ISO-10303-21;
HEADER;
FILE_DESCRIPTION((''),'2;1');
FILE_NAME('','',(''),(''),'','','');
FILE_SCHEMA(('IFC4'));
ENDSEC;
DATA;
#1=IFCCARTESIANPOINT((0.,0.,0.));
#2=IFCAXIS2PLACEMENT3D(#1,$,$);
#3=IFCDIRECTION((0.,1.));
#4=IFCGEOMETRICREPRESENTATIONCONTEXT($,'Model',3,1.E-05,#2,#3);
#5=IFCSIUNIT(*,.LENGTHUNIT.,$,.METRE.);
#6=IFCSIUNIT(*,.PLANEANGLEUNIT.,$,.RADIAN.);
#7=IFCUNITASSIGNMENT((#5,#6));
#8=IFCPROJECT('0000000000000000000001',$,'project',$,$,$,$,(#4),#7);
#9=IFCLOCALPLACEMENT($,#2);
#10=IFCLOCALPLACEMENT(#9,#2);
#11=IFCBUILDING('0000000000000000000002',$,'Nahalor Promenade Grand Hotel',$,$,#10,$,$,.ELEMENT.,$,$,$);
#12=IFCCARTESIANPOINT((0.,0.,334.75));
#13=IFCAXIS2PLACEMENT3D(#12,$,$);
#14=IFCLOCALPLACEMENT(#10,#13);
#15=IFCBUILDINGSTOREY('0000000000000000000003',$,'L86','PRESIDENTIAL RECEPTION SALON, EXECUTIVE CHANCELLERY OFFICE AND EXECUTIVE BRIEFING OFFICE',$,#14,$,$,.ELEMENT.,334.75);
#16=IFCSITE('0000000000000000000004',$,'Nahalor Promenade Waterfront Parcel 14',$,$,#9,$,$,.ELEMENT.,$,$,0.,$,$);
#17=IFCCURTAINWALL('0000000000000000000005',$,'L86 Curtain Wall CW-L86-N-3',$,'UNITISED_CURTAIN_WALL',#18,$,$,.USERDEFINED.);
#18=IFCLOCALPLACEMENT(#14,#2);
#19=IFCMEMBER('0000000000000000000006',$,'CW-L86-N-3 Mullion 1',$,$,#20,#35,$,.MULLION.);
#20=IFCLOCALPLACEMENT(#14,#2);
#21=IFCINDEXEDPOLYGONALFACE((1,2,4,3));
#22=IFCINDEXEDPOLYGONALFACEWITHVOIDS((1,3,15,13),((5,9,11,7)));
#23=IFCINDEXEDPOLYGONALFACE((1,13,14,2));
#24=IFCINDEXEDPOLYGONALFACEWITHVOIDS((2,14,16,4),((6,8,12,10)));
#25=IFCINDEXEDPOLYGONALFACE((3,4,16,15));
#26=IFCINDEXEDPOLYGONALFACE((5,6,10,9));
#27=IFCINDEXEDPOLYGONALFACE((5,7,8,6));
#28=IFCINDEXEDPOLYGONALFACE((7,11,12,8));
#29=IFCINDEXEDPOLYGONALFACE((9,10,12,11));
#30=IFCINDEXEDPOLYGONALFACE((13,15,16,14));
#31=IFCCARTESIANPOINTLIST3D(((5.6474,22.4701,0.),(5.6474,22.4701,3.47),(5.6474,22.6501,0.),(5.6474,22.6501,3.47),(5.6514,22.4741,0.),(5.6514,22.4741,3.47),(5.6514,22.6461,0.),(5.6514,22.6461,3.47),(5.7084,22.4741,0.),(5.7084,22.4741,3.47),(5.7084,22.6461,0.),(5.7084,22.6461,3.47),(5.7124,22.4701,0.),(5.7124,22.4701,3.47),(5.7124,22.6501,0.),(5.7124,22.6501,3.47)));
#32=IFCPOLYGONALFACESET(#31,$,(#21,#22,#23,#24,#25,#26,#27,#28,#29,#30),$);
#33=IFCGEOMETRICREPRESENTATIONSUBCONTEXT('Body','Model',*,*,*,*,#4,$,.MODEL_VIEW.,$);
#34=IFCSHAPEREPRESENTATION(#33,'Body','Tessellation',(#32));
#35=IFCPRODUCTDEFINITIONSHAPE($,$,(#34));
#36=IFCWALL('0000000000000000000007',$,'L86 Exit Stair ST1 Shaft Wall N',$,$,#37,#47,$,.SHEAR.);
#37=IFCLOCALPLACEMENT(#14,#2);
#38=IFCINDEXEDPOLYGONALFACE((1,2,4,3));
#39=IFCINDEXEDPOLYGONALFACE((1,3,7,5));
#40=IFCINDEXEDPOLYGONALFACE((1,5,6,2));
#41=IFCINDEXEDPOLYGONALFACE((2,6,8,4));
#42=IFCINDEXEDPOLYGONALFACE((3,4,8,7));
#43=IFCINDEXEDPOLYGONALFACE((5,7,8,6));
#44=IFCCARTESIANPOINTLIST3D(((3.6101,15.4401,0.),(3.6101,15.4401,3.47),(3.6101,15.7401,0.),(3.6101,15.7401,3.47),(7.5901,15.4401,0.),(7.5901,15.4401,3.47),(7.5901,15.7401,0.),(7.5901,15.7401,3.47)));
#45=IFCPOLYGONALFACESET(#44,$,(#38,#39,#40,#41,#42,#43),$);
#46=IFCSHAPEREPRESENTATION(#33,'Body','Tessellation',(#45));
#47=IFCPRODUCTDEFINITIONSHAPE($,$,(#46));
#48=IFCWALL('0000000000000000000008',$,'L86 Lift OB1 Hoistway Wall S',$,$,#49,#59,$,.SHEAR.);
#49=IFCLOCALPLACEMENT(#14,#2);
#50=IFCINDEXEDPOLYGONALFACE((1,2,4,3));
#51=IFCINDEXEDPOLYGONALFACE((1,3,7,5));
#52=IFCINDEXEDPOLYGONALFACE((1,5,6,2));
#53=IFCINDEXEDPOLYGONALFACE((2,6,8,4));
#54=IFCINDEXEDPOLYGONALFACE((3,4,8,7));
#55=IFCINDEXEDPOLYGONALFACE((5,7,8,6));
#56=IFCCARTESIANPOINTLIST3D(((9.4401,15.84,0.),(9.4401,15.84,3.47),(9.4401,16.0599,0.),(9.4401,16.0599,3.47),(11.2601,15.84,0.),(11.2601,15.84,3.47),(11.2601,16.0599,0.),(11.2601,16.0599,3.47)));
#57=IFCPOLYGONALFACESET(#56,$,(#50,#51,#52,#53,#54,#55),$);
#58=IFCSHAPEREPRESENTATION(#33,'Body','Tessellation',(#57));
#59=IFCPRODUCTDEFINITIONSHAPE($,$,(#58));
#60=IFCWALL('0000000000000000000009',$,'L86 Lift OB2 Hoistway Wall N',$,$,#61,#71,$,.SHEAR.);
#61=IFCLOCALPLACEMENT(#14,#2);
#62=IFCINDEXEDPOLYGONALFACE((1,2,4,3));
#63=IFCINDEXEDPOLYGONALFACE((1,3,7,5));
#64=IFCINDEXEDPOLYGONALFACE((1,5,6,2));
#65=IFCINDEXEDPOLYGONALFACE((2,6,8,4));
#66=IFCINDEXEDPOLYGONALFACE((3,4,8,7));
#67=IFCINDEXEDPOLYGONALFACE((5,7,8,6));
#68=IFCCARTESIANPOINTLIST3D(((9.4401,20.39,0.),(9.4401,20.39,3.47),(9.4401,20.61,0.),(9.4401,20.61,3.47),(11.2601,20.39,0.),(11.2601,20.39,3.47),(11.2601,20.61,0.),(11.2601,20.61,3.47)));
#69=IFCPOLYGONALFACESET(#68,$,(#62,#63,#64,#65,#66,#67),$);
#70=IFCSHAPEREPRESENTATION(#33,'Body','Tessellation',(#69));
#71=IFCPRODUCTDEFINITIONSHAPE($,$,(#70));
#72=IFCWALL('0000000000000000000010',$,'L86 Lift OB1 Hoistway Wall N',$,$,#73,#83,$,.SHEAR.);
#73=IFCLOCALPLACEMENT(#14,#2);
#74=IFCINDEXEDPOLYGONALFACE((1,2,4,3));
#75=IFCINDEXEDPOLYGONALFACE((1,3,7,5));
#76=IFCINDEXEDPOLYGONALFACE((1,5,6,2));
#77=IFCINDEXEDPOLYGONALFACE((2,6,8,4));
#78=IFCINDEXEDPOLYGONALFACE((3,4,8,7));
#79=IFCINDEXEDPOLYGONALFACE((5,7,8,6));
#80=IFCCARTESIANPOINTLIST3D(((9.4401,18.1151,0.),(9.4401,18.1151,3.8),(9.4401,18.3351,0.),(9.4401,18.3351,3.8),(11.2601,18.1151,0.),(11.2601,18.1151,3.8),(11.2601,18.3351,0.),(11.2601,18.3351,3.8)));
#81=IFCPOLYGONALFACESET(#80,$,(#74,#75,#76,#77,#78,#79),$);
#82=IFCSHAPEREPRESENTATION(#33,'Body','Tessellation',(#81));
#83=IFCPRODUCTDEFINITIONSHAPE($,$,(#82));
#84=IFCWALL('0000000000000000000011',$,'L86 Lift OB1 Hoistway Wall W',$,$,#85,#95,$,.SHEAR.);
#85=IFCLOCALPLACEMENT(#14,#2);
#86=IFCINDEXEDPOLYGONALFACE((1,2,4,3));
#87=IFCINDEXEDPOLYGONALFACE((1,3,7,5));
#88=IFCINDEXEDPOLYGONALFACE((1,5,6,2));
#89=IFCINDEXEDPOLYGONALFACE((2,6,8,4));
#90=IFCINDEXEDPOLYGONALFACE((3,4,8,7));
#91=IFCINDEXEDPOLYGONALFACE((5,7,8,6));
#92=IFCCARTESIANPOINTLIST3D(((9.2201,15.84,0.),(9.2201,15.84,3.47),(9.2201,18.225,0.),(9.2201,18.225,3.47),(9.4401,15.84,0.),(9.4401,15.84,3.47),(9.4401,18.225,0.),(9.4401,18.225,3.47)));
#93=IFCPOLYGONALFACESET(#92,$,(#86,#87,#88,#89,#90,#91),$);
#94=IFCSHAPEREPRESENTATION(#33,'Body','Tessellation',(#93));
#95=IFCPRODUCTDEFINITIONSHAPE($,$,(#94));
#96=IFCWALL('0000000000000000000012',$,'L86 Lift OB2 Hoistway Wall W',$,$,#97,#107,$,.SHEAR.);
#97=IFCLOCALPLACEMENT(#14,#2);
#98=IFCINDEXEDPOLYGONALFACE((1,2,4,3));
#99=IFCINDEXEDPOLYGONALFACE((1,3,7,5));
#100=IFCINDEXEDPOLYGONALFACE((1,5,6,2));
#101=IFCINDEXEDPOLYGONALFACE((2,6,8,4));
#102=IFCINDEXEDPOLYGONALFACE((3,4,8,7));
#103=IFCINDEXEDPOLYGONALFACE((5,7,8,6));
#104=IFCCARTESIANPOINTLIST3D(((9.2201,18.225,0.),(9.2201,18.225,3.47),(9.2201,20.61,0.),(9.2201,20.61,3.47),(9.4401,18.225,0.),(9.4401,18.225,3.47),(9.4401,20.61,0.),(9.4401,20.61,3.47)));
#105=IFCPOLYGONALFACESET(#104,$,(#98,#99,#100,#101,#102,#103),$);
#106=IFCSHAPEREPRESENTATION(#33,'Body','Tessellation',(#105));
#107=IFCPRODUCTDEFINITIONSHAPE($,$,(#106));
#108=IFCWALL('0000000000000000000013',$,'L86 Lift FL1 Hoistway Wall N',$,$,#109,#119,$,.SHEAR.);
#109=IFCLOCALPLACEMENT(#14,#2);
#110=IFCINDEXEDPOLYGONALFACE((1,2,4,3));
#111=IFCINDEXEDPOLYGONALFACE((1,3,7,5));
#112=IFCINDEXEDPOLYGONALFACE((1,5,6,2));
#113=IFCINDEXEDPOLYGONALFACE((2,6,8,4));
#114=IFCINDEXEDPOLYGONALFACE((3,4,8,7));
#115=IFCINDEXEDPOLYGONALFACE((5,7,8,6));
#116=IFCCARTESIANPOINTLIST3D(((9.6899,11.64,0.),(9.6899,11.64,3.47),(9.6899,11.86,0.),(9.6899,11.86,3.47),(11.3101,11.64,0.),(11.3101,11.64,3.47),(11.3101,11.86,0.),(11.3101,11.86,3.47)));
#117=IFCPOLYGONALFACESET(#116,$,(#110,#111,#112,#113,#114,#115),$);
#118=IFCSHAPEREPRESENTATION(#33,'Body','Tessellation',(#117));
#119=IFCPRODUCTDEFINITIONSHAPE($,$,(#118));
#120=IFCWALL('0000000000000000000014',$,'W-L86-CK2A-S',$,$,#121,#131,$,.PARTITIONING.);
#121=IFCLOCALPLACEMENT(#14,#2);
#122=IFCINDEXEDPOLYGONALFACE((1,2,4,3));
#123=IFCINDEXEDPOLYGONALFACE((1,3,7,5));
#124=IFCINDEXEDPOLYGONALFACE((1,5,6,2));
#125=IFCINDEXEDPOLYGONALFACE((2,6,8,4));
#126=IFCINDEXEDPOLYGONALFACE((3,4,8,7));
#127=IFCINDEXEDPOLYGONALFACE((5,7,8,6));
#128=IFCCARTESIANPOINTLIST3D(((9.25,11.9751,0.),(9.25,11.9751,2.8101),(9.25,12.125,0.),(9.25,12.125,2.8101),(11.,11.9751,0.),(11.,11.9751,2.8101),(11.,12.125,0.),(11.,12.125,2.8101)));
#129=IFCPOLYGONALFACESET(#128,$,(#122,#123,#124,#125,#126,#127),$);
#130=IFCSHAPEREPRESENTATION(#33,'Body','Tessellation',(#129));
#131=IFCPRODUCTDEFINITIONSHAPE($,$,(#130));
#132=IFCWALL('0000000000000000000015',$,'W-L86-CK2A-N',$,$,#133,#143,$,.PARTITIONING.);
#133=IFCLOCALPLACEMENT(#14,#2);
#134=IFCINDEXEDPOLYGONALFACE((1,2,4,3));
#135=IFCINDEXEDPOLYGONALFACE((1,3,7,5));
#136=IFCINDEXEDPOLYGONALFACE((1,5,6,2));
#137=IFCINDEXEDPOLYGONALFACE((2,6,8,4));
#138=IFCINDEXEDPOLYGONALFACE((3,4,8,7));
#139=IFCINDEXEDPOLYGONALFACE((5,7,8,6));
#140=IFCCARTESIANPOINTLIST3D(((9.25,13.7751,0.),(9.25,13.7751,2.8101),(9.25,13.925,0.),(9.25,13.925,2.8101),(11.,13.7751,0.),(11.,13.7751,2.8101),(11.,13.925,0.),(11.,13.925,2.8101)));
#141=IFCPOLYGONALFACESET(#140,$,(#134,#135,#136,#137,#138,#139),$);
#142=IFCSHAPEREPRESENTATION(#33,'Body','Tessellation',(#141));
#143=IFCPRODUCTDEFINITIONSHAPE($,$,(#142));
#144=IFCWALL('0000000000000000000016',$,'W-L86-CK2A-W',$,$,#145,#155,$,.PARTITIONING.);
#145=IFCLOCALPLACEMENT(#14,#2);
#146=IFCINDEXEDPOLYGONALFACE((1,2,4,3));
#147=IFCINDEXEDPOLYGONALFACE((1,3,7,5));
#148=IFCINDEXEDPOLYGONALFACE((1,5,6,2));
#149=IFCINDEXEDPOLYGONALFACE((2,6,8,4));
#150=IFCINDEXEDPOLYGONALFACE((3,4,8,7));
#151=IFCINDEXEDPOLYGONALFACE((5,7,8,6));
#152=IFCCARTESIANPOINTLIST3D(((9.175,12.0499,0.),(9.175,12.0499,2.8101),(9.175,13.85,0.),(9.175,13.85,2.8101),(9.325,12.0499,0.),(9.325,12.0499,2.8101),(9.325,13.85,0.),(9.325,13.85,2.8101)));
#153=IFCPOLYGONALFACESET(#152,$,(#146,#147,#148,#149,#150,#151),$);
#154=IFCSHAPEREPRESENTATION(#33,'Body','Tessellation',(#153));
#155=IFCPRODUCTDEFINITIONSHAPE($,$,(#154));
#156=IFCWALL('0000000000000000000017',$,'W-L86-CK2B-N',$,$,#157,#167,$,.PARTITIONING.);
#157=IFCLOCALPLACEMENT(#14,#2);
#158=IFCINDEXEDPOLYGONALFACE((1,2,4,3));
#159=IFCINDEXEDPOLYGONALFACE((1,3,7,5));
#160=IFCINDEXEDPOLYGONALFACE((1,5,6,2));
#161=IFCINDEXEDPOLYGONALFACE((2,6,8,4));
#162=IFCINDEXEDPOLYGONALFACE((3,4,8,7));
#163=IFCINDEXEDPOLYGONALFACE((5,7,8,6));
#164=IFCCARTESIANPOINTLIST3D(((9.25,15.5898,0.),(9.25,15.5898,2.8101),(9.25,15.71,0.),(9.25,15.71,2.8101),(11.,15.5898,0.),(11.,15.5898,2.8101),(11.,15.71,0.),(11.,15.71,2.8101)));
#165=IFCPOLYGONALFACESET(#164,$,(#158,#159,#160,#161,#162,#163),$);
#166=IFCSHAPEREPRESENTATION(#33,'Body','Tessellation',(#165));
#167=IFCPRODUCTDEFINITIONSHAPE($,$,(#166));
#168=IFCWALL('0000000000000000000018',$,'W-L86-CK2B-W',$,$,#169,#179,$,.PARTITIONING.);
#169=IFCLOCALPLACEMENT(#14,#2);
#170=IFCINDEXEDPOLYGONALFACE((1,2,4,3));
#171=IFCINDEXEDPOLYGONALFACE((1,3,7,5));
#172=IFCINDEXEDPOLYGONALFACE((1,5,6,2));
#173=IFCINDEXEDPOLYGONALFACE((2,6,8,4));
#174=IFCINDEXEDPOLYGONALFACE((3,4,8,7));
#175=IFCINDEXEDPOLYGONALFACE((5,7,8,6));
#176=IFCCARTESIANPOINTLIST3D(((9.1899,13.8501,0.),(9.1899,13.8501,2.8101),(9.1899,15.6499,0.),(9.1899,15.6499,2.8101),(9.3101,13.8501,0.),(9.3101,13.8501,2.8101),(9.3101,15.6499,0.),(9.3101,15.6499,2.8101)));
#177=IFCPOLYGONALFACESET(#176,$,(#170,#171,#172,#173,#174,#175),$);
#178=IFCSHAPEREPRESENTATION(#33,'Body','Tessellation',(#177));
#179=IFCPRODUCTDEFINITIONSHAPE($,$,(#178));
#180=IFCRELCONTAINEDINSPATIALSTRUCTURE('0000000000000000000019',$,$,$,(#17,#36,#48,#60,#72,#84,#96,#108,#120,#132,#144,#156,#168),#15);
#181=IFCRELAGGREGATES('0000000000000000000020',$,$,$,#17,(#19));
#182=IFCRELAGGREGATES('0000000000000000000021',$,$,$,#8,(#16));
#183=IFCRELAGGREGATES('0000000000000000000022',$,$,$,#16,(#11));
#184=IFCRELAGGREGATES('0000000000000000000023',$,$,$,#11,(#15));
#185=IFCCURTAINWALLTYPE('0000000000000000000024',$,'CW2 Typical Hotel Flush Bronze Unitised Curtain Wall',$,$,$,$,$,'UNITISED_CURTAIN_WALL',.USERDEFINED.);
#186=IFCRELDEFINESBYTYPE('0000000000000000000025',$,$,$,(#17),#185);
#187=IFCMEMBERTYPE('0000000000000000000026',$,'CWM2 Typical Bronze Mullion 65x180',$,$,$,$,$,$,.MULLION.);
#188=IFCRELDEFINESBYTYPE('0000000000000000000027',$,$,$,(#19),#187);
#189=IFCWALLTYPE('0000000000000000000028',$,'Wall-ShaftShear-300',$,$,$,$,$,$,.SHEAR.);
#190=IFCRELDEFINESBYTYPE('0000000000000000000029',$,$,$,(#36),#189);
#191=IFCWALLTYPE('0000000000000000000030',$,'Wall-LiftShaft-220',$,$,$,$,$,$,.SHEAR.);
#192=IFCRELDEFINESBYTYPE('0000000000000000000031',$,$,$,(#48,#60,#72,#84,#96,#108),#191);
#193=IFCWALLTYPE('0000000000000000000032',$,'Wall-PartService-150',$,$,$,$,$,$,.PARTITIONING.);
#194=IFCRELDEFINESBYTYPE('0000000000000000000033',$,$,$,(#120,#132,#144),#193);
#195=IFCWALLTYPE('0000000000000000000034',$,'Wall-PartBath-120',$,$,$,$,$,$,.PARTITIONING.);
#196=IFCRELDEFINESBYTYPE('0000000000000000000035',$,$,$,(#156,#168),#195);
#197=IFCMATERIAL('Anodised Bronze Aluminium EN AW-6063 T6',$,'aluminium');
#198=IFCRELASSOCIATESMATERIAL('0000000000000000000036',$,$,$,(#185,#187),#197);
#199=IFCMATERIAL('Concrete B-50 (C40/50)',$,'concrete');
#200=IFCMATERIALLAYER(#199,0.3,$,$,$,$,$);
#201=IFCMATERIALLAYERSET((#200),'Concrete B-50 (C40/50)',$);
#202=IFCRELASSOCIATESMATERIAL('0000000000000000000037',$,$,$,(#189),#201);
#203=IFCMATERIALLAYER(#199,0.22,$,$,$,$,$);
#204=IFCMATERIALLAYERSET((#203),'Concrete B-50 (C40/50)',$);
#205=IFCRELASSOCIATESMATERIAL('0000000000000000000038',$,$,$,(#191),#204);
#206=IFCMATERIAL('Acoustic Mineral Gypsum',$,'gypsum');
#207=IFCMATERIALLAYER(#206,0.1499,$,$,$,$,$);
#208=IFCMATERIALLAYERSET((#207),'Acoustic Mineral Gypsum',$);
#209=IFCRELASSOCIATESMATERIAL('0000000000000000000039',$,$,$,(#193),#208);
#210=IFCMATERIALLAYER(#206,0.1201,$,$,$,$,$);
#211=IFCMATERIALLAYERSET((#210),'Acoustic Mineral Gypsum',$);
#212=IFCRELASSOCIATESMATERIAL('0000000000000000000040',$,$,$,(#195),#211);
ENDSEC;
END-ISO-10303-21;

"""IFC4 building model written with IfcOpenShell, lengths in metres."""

from ifc_helpers import new_model, si_unit, direction, frame, frame_2d, origin, origin_2d, place, context, subcontext, project, spatial, rectangle, hollow_rectangle, extrude, source, transform, mapped, material, layer, layer_set, material_profile, profile_set, type_object, element, aggregate, save


model = new_model("IFC4")

# Units and contexts
model_context = context("Model", 3, precision=1e-05, world=origin(), true_north=direction((0.0, 1.0)))
body_context = subcontext(model_context, "Body", "Model", "MODEL_VIEW")
ifc_project = project(units=[si_unit("LENGTHUNIT", "METRE"), si_unit("PLANEANGLEUNIT", "RADIAN")], contexts=[model_context])

# Site, building, storey
site_placement = place(None, origin())
site = spatial("IfcSite", under=ifc_project, at=site_placement, Name="Nahalor Promenade Waterfront Parcel 14", CompositionType="ELEMENT", RefElevation=0.0)
building_placement = place(site_placement, origin())
building = spatial("IfcBuilding", under=site, at=building_placement, Name="Nahalor Promenade Grand Hotel", CompositionType="ELEMENT")
storey_placement = place(building_placement, frame((0.0, 0.0, 334.75)))
storey = spatial("IfcBuildingStorey", under=building, at=storey_placement, Name="L86", Description="PRESIDENTIAL RECEPTION SALON, EXECUTIVE CHANCELLERY OFFICE AND EXECUTIVE BRIEFING OFFICE", CompositionType="ELEMENT", Elevation=334.75)

# Shared definitions
ifc_material_1 = material(Name="Concrete B-50 (C40/50)", Category="concrete")

# Curtain wall, member
ifc_material_2 = material(Name="Anodised Bronze Aluminium EN AW-6063 T6", Category="aluminium")
curtain_wall_type = type_object("IfcCurtainWallType", Name="CW2 Typical Hotel Flush Bronze Unitised Curtain Wall", ElementType="UNITISED_CURTAIN_WALL", PredefinedType="USERDEFINED", material=ifc_material_2)
curtain_wall_placement = place(storey_placement, origin())
curtain_wall = element("IfcCurtainWall", 1, at=curtain_wall_placement, inside=storey, type_object=curtain_wall_type, Name="L86 Curtain Wall CW-L86-N-3", ObjectType="UNITISED_CURTAIN_WALL", PredefinedType="USERDEFINED")
ifc_material_profile_1 = material_profile(ifc_material_2, hollow_rectangle(XDim=0.065, YDim=0.18, WallThickness=0.004, at=origin_2d()), Name="CWM 65x180x4")
ifc_profile_set_1 = profile_set([ifc_material_profile_1], Name="Anodised Bronze Aluminium EN AW-6063 T6")
member_type_1 = type_object("IfcMemberType", Name="CWM2 Typical Bronze Mullion 65x180", PredefinedType="MULLION", material=ifc_profile_set_1)
shared_shape_1 = source(origin(), body_context, "Body", "SweptSolid", [
    extrude(hollow_rectangle(XDim=0.065, YDim=0.18, WallThickness=0.004, at=origin_2d()), origin(), (0.0, 0.0, 1.0), 3.47),
])
member_1_placement = place(storey_placement, frame((5.6799, 22.5601, 0.0), z_axis=(0.0, 0.0, 1.0), x_axis=(1.0, 0.0, 0.0)))
member_1 = element("IfcMember", 2, at=member_1_placement, type_object=member_type_1, Name="CW-L86-N-3 Mullion 1", PredefinedType="MULLION", context=body_context, shape_type="MappedRepresentation", body=[
    mapped(shared_shape_1, transform((0.0, 0.0, 0.0), scale=1.0)),
])
aggregate(curtain_wall, [member_1])

# Walls
ifc_layer_1 = layer(ifc_material_1, 0.3)
ifc_layer_set_1 = layer_set([ifc_layer_1], Name="Concrete B-50 (C40/50)")
wall_type_1 = type_object("IfcWallType", Name="Wall-ShaftShear-300", PredefinedType="SHEAR", material=ifc_layer_set_1)
shared_shape_2 = source(origin(), body_context, "Body", "SweptSolid", [
    extrude(rectangle(XDim=3.98, YDim=0.3, at=frame_2d((1.99, 0.0))), origin(), (0.0, 0.0, 1.0), 3.47),
])
wall_1_placement = place(storey_placement, frame((3.6101, 15.5901, 0.0), z_axis=(0.0, 0.0, 1.0), x_axis=(1.0, 0.0, 0.0)))
element("IfcWall", 3, at=wall_1_placement, inside=storey, type_object=wall_type_1, Name="L86 Exit Stair ST1 Shaft Wall N", PredefinedType="SHEAR", context=body_context, shape_type="MappedRepresentation", body=[
    mapped(shared_shape_2, transform((0.0, 0.0, 0.0), scale=1.0)),
])
ifc_layer_2 = layer(ifc_material_1, 0.22)
ifc_layer_set_2 = layer_set([ifc_layer_2], Name="Concrete B-50 (C40/50)")
wall_type_2 = type_object("IfcWallType", Name="Wall-LiftShaft-220", PredefinedType="SHEAR", material=ifc_layer_set_2)
shared_shape_3 = source(origin(), body_context, "Body", "SweptSolid", [
    extrude(rectangle(XDim=1.8201, YDim=0.22, at=frame_2d((0.9102, 0.0))), origin(), (0.0, 0.0, 1.0), 3.47),
])
for number, where, z_axis, x_axis, name in (
    (4, (9.4399, 15.95, 0.0), (0.0, 0.0, 1.0), (1.0, 0.0, 0.0), "L86 Lift OB1 Hoistway Wall S"),
    (5, (9.4399, 20.5, 0.0), (0.0, 0.0, 1.0), (1.0, 0.0, 0.0), "L86 Lift OB2 Hoistway Wall N"),
):
    element("IfcWall", number, at=place(storey_placement, frame(where, z_axis=z_axis, x_axis=x_axis)), inside=storey, type_object=wall_type_2, Name=name, PredefinedType="SHEAR", context=body_context, shape_type="MappedRepresentation", body=[
        mapped(shared_shape_3, transform((0.0, 0.0, 0.0), scale=1.0)),
    ])
shared_shape_4 = source(origin(), body_context, "Body", "SweptSolid", [
    extrude(rectangle(XDim=1.8201, YDim=0.22, at=frame_2d((0.9102, 0.0))), origin(), (0.0, 0.0, 1.0), 3.8),
])
wall_2_placement = place(storey_placement, frame((9.4399, 18.2251, 0.0), z_axis=(0.0, 0.0, 1.0), x_axis=(1.0, 0.0, 0.0)))
element("IfcWall", 6, at=wall_2_placement, inside=storey, type_object=wall_type_2, Name="L86 Lift OB1 Hoistway Wall N", PredefinedType="SHEAR", context=body_context, shape_type="MappedRepresentation", body=[
    mapped(shared_shape_4, transform((0.0, 0.0, 0.0), scale=1.0)),
])
shared_shape_5 = source(origin(), body_context, "Body", "SweptSolid", [
    extrude(rectangle(XDim=2.385, YDim=0.22, at=frame_2d((1.1924, 0.0))), origin(), (0.0, 0.0, 1.0), 3.47),
])
for number, where, z_axis, x_axis, name in (
    (7, (9.3301, 15.8401, 0.0), (0.0, 0.0, 1.0), (0.0, 1.0, 0.0), "L86 Lift OB1 Hoistway Wall W"),
    (8, (9.3301, 18.2251, 0.0), (0.0, 0.0, 1.0), (0.0, 1.0, 0.0), "L86 Lift OB2 Hoistway Wall W"),
):
    element("IfcWall", number, at=place(storey_placement, frame(where, z_axis=z_axis, x_axis=x_axis)), inside=storey, type_object=wall_type_2, Name=name, PredefinedType="SHEAR", context=body_context, shape_type="MappedRepresentation", body=[
        mapped(shared_shape_5, transform((0.0, 0.0, 0.0), scale=1.0)),
    ])
shared_shape_6 = source(origin(), body_context, "Body", "SweptSolid", [
    extrude(rectangle(XDim=1.6201, YDim=0.22, at=frame_2d((0.8101, 0.0))), origin(), (0.0, 0.0, 1.0), 3.47),
])
wall_3_placement = place(storey_placement, frame((9.6899, 11.75, 0.0), z_axis=(0.0, 0.0, 1.0), x_axis=(1.0, 0.0, 0.0)))
element("IfcWall", 9, at=wall_3_placement, inside=storey, type_object=wall_type_2, Name="L86 Lift FL1 Hoistway Wall N", PredefinedType="SHEAR", context=body_context, shape_type="MappedRepresentation", body=[
    mapped(shared_shape_6, transform((0.0, 0.0, 0.0), scale=1.0)),
])
ifc_material_3 = material(Name="Acoustic Mineral Gypsum", Category="gypsum")
ifc_layer_3 = layer(ifc_material_3, 0.1499)
ifc_layer_set_3 = layer_set([ifc_layer_3], Name="Acoustic Mineral Gypsum")
wall_type_3 = type_object("IfcWallType", Name="Wall-PartService-150", PredefinedType="PARTITIONING", material=ifc_layer_set_3)
shared_shape_7 = source(origin(), body_context, "Body", "SweptSolid", [
    extrude(rectangle(XDim=1.75, YDim=0.1499, at=frame_2d((0.875, 0.0))), origin(), (0.0, 0.0, 1.0), 2.8101),
])
for number, where, z_axis, x_axis, name in (
    (10, (9.25, 12.05, 0.0), (0.0, 0.0, 1.0), (1.0, 0.0, 0.0), "W-L86-CK2A-S"),
    (11, (9.25, 13.8501, 0.0), (0.0, 0.0, 1.0), (1.0, 0.0, 0.0), "W-L86-CK2A-N"),
):
    element("IfcWall", number, at=place(storey_placement, frame(where, z_axis=z_axis, x_axis=x_axis)), inside=storey, type_object=wall_type_3, Name=name, PredefinedType="PARTITIONING", context=body_context, shape_type="MappedRepresentation", body=[
        mapped(shared_shape_7, transform((0.0, 0.0, 0.0), scale=1.0)),
    ])
shared_shape_8 = source(origin(), body_context, "Body", "SweptSolid", [
    extrude(rectangle(XDim=1.8, YDim=0.1499, at=frame_2d((0.8999, 0.0))), origin(), (0.0, 0.0, 1.0), 2.8101),
])
wall_4_placement = place(storey_placement, frame((9.25, 12.05, 0.0), z_axis=(0.0, 0.0, 1.0), x_axis=(0.0, 1.0, 0.0)))
element("IfcWall", 12, at=wall_4_placement, inside=storey, type_object=wall_type_3, Name="W-L86-CK2A-W", PredefinedType="PARTITIONING", context=body_context, shape_type="MappedRepresentation", body=[
    mapped(shared_shape_8, transform((0.0, 0.0, 0.0), scale=1.0)),
])
ifc_layer_4 = layer(ifc_material_3, 0.1201)
ifc_layer_set_4 = layer_set([ifc_layer_4], Name="Acoustic Mineral Gypsum")
wall_type_4 = type_object("IfcWallType", Name="Wall-PartBath-120", PredefinedType="PARTITIONING", material=ifc_layer_set_4)
shared_shape_9 = source(origin(), body_context, "Body", "SweptSolid", [
    extrude(rectangle(XDim=1.75, YDim=0.1201, at=frame_2d((0.875, 0.0))), origin(), (0.0, 0.0, 1.0), 2.8101),
])
wall_5_placement = place(storey_placement, frame((9.25, 15.6499, 0.0), z_axis=(0.0, 0.0, 1.0), x_axis=(1.0, 0.0, 0.0)))
element("IfcWall", 13, at=wall_5_placement, inside=storey, type_object=wall_type_4, Name="W-L86-CK2B-N", PredefinedType="PARTITIONING", context=body_context, shape_type="MappedRepresentation", body=[
    mapped(shared_shape_9, transform((0.0, 0.0, 0.0), scale=1.0)),
])
shared_shape_10 = source(origin(), body_context, "Body", "SweptSolid", [
    extrude(rectangle(XDim=1.7998, YDim=0.1201, at=frame_2d((0.8999, 0.0))), origin(), (0.0, 0.0, 1.0), 2.8101),
])
wall_6_placement = place(storey_placement, frame((9.25, 13.8501, 0.0), z_axis=(0.0, 0.0, 1.0), x_axis=(0.0, 1.0, 0.0)))
element("IfcWall", 14, at=wall_6_placement, inside=storey, type_object=wall_type_4, Name="W-L86-CK2B-W", PredefinedType="PARTITIONING", context=body_context, shape_type="MappedRepresentation", body=[
    mapped(shared_shape_10, transform((0.0, 0.0, 0.0), scale=1.0)),
])

save(model, "model.ifc")
